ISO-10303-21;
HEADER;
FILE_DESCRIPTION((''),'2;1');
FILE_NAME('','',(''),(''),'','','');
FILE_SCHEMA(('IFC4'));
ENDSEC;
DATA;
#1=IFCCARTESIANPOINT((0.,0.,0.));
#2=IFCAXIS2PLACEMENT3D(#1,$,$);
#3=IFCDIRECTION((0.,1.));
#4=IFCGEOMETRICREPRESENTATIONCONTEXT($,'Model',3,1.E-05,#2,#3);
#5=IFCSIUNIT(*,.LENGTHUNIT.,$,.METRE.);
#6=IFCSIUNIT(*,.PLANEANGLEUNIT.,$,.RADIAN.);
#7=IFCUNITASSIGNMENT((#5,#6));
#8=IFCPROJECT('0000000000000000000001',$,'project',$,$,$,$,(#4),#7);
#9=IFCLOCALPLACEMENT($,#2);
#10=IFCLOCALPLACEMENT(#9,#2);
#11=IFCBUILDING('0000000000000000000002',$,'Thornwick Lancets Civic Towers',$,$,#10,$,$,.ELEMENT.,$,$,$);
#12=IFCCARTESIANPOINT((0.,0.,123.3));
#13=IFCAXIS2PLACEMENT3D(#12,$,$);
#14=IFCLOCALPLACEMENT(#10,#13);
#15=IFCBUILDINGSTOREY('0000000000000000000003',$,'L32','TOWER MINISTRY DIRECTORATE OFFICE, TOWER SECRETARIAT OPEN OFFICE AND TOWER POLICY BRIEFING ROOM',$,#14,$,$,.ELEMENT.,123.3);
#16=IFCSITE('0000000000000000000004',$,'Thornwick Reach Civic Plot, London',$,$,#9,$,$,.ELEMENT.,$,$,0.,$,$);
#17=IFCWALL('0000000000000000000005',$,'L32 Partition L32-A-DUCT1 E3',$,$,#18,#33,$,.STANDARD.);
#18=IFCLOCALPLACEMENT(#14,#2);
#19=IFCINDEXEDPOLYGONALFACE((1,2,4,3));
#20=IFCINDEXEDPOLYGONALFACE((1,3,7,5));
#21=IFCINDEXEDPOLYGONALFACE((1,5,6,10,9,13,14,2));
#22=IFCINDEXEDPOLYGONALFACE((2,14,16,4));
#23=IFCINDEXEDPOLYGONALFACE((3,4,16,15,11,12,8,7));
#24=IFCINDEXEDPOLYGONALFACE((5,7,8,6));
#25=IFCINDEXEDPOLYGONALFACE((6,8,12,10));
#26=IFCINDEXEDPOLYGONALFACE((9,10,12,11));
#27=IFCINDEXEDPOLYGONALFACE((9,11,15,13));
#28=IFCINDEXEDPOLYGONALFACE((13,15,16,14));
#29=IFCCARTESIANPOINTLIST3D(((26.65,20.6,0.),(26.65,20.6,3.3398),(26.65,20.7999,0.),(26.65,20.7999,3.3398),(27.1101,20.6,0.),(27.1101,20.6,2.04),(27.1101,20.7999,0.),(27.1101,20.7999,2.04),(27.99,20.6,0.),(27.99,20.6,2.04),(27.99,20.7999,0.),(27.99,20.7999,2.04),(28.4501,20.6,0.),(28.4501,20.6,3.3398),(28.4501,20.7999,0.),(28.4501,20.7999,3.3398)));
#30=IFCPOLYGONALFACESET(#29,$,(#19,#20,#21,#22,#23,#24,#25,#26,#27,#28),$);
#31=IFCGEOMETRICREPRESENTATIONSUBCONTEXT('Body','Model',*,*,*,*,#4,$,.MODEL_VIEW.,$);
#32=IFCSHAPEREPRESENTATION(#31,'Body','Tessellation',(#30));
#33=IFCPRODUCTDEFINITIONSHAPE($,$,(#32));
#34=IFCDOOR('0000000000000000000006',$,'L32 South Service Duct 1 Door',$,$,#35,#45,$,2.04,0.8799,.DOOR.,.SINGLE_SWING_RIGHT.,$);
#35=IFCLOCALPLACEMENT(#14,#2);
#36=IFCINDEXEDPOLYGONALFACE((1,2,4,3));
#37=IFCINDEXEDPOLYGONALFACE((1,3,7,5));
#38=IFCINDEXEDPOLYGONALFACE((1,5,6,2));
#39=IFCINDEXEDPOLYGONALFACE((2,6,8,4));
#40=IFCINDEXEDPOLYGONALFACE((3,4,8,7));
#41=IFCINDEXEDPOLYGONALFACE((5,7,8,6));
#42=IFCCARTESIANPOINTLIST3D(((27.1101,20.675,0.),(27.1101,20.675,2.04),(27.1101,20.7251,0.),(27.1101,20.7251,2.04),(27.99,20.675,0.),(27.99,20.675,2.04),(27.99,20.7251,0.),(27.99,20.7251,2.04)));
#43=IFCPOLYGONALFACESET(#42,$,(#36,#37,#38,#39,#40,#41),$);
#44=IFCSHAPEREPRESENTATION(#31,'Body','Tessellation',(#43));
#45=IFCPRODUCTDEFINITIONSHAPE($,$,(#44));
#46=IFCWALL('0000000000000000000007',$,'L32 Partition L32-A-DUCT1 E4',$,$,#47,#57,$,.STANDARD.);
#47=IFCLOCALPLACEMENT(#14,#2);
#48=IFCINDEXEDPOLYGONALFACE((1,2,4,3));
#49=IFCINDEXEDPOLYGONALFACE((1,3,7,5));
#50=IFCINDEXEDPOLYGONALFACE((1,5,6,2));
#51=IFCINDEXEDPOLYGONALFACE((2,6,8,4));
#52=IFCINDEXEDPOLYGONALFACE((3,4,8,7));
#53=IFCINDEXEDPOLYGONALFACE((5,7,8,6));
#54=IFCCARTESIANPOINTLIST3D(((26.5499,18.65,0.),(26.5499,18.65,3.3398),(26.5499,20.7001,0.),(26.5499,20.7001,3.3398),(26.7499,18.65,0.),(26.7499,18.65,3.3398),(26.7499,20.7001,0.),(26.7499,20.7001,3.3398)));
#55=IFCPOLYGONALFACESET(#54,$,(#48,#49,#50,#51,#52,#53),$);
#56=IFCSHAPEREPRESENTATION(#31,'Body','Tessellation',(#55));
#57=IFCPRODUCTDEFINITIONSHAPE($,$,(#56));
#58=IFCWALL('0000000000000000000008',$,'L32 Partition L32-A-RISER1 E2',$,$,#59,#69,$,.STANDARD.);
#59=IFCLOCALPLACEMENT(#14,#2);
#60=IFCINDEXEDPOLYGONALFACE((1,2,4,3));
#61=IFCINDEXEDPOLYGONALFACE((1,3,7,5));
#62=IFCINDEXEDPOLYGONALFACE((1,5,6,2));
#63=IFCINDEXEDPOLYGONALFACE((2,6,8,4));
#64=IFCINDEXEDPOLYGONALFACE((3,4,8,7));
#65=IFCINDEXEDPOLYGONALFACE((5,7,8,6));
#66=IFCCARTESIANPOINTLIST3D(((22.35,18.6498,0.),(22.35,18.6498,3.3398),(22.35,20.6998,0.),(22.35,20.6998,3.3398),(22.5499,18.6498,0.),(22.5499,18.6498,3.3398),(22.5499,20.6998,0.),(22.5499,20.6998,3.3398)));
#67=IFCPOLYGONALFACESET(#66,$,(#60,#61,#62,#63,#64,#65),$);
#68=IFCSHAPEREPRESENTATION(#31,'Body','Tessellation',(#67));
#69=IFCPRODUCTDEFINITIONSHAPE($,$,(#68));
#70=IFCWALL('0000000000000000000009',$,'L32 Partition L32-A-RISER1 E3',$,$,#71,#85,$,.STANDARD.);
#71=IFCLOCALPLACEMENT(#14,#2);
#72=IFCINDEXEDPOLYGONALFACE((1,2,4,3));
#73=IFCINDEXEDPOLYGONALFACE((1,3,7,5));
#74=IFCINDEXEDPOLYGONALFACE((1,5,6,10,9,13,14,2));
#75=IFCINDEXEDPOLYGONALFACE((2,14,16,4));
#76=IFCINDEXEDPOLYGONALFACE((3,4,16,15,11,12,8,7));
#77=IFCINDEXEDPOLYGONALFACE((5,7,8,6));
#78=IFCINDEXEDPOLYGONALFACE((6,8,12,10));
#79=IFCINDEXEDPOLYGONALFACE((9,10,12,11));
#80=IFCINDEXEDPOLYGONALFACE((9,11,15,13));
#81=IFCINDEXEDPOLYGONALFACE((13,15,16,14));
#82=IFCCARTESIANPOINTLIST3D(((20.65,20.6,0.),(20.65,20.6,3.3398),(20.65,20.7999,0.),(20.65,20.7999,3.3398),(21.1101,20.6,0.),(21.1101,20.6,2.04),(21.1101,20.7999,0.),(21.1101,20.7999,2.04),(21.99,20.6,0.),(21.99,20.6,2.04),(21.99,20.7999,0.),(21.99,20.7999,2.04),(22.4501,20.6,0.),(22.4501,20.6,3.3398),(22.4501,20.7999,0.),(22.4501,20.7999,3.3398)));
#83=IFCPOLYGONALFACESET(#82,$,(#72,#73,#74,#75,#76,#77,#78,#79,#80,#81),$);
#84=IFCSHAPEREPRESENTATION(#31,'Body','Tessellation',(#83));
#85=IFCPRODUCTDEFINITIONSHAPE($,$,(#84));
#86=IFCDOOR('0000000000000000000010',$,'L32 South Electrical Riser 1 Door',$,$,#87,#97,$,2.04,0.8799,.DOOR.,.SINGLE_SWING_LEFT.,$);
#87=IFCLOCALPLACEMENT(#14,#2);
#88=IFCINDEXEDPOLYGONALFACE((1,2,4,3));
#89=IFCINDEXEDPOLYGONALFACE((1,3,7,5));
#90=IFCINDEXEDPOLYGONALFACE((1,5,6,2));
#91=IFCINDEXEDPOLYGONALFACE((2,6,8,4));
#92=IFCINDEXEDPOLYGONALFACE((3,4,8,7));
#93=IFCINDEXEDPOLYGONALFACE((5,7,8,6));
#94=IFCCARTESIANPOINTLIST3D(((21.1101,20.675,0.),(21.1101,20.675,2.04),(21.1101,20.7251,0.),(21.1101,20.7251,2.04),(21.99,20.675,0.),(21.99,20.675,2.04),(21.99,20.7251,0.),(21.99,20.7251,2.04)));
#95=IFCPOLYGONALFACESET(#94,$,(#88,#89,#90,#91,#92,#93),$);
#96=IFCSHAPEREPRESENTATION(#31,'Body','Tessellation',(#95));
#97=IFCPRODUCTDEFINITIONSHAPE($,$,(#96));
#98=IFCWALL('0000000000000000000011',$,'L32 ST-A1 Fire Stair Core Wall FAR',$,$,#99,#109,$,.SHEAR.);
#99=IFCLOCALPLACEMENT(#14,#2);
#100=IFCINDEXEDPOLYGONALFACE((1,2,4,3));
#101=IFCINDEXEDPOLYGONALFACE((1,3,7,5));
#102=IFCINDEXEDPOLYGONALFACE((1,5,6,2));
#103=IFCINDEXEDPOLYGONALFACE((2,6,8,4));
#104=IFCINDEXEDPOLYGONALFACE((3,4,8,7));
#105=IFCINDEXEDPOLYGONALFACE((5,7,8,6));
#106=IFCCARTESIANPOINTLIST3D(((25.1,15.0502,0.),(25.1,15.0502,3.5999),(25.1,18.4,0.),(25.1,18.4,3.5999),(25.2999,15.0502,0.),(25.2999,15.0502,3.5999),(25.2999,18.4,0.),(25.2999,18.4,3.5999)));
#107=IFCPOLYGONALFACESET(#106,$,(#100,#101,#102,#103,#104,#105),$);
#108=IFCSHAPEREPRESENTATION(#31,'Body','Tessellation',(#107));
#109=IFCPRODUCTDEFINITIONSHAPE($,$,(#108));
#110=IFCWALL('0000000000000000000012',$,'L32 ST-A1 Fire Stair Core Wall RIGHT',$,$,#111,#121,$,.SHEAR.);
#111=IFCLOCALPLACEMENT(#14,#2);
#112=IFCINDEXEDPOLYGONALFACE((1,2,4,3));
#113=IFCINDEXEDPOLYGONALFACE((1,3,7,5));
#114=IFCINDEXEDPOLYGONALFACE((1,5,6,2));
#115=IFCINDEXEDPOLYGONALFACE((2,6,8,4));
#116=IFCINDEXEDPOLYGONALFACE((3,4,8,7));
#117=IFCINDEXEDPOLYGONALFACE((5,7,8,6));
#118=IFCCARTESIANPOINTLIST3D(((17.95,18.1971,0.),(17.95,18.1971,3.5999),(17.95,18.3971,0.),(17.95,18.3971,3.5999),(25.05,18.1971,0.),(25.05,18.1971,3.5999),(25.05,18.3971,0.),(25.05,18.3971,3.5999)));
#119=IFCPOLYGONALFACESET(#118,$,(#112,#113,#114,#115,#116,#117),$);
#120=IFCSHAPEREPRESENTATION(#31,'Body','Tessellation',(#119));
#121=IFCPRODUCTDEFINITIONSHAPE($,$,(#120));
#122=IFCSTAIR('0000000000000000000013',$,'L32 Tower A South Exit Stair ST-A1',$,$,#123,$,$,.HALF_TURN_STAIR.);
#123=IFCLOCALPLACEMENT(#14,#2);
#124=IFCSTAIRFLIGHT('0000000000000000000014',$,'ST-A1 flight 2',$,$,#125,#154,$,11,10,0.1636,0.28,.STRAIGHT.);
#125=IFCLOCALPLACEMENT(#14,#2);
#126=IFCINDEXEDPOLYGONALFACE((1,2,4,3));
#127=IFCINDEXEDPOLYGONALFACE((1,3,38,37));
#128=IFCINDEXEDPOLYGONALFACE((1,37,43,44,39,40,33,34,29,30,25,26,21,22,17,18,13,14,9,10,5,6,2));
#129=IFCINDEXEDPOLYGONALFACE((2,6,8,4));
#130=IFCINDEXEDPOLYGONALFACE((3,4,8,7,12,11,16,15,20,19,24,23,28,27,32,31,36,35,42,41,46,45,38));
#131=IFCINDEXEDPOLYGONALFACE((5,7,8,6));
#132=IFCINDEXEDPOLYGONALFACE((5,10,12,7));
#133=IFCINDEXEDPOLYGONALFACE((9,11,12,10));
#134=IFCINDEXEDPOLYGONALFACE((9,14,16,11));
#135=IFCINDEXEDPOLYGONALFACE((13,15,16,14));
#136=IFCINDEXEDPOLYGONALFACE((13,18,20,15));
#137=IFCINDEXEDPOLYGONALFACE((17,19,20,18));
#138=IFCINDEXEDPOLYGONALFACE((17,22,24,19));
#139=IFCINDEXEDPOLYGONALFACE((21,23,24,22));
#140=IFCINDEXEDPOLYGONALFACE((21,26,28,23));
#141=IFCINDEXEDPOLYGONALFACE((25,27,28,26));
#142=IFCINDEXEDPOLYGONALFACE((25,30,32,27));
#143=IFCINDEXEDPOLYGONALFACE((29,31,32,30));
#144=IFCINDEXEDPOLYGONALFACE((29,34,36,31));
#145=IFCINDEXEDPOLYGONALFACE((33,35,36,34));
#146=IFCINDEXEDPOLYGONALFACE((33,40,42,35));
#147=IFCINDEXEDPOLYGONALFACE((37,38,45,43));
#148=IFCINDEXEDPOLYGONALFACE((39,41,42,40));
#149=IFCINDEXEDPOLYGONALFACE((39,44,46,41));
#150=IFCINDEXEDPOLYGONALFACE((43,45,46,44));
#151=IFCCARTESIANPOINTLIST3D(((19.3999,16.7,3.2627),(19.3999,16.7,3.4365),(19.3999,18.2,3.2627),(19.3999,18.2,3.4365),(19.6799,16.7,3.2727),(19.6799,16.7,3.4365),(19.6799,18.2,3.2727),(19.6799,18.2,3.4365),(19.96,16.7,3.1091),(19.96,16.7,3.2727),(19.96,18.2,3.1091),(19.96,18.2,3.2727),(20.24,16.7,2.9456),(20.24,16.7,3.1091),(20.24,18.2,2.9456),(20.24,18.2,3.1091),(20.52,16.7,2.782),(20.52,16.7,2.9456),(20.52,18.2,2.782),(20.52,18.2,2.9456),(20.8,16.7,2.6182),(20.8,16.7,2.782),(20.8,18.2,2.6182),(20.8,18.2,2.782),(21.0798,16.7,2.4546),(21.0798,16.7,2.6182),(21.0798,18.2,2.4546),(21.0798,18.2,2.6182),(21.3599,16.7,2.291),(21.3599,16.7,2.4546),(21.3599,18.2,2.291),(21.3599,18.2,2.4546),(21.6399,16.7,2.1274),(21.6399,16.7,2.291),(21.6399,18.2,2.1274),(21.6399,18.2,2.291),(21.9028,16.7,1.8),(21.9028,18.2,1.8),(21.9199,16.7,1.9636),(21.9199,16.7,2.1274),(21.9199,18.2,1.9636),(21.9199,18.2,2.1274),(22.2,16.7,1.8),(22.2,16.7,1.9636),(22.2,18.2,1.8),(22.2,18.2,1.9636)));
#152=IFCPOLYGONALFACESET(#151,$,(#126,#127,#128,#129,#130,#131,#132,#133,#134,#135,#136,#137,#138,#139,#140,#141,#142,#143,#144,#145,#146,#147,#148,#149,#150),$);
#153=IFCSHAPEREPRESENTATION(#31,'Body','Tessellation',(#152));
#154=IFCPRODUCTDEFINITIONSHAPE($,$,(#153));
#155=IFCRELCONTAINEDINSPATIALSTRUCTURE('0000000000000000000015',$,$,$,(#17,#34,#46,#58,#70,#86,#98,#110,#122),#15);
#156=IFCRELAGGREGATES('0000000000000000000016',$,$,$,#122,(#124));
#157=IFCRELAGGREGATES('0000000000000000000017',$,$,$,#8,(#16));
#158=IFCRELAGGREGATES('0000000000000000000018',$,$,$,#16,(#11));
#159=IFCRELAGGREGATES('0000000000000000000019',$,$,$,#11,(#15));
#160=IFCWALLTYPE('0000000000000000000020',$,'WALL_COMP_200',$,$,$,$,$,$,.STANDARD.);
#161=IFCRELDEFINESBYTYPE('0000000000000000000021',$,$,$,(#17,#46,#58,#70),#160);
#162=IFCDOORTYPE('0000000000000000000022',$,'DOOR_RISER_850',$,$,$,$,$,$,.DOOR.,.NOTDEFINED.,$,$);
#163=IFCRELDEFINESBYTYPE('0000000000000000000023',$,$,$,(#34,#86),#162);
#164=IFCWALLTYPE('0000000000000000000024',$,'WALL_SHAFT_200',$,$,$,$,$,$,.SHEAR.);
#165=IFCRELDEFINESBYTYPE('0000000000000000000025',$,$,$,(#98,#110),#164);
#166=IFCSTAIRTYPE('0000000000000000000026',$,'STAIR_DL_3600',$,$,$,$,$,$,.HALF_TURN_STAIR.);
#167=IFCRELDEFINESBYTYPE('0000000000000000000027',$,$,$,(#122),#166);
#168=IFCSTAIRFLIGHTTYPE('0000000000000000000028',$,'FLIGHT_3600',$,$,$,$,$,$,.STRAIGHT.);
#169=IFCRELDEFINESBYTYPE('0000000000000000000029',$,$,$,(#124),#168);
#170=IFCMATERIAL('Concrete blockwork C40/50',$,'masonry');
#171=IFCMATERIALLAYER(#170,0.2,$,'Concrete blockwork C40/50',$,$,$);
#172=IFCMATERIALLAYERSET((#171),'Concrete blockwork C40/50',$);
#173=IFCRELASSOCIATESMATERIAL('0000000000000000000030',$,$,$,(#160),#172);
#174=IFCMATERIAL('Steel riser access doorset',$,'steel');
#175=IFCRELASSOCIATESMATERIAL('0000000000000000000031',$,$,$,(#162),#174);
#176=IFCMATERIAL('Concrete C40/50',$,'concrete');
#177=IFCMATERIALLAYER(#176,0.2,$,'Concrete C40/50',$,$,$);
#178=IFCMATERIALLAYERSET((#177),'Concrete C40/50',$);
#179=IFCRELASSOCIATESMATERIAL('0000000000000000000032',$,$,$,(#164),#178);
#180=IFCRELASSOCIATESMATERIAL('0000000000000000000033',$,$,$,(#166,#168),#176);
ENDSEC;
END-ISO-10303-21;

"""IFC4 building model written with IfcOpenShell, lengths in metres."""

from ifc_helpers import new_model, si_unit, direction, frame, frame_2d, origin, place, context, subcontext, project, spatial, polyline, rectangle, outline, extrude, material, layer, layer_set, type_object, element, fill, aggregate, save


model = new_model("IFC4")

# Units and contexts
model_context = context("Model", 3, precision=1e-05, world=origin(), true_north=direction((0.0, 1.0)))
body_context = subcontext(model_context, "Body", "Model", "MODEL_VIEW")
ifc_project = project(units=[si_unit("LENGTHUNIT", "METRE"), si_unit("PLANEANGLEUNIT", "RADIAN")], contexts=[model_context])

# Site, building, storey
site_placement = place(None, origin())
site = spatial("IfcSite", under=ifc_project, at=site_placement, Name="Thornwick Reach Civic Plot, London", CompositionType="ELEMENT", RefElevation=0.0)
building_placement = place(site_placement, origin())
building = spatial("IfcBuilding", under=site, at=building_placement, Name="Thornwick Lancets Civic Towers", CompositionType="ELEMENT")
storey_placement = place(building_placement, frame((0.0, 0.0, 123.3)))
storey = spatial("IfcBuildingStorey", under=building, at=storey_placement, Name="L32", Description="TOWER MINISTRY DIRECTORATE OFFICE, TOWER SECRETARIAT OPEN OFFICE AND TOWER POLICY BRIEFING ROOM", CompositionType="ELEMENT", Elevation=123.3)

# Shared definitions
ifc_material_1 = material(Name="Concrete C40/50", Category="concrete")

# Shared definitions
ifc_material_2 = material(Name="Concrete blockwork C40/50", Category="masonry")
ifc_layer_1 = layer(ifc_material_2, 0.2, Name="Concrete blockwork C40/50")
ifc_layer_set_1 = layer_set([ifc_layer_1], Name="Concrete blockwork C40/50")
wall_type_1 = type_object("IfcWallType", Name="WALL_COMP_200", PredefinedType="STANDARD", material=ifc_layer_set_1)

# Wall, opening, door
wall_1_placement = place(storey_placement, frame((28.45, 20.7, 0.0), z_axis=(0.0, 0.0, 1.0), x_axis=(-1.0, 0.0, 0.0)))
wall_1 = element("IfcWall", 1, at=wall_1_placement, inside=storey, type_object=wall_type_1, Name="L32 Partition L32-A-DUCT1 E3", PredefinedType="STANDARD", context=body_context, shape_type="SweptSolid", body=[
    extrude(rectangle(XDim=1.8, YDim=0.2, at=frame_2d((0.8999, 0.0))), origin(), (0.0, 0.0, 1.0), 3.3398),
])
opening_1_placement = place(wall_1_placement, frame((0.46, 0.0, 0.0)))
opening_1 = element("IfcOpeningElement", 2, at=opening_1_placement, cuts=wall_1, PredefinedType="OPENING", context=body_context, shape_type="SweptSolid", body=[
    extrude(rectangle(XDim=0.8799, YDim=2.04, at=frame_2d((0.4399, 1.02))), frame((0.0, 0.1099, 0.0), z_axis=(0.0, -1.0, 0.0), x_axis=(1.0, 0.0, 0.0)), (0.0, 0.0, 1.0), 0.22),
])
ifc_material_3 = material(Name="Steel riser access doorset", Category="steel")
door_type_1 = type_object("IfcDoorType", Name="DOOR_RISER_850", OperationType="NOTDEFINED", PredefinedType="DOOR", material=ifc_material_3)
door_1_placement = place(opening_1_placement, origin())
door_1 = element("IfcDoor", 3, at=door_1_placement, inside=storey, type_object=door_type_1, Name="L32 South Service Duct 1 Door", OperationType="SINGLE_SWING_RIGHT", OverallHeight=2.04, OverallWidth=0.8799, PredefinedType="DOOR", context=body_context, shape_type="SweptSolid", body=[
    extrude(rectangle(XDim=0.8799, YDim=2.04, at=frame_2d((0.4399, 1.02))), frame((0.0, 0.0249, 0.0), z_axis=(0.0, -1.0, 0.0), x_axis=(1.0, 0.0, 0.0)), (0.0, 0.0, 1.0), 0.05),
])
fill(opening_1, door_1)

# Walls
for number, where, z_axis, x_axis, name in (
    (4, (26.6499, 20.7, 0.0), (0.0, 0.0, 1.0), (0.0, -1.0, 0.0), "L32 Partition L32-A-DUCT1 E4"),
    (5, (22.45, 18.6499, 0.0), (0.0, 0.0, 1.0), (0.0, 1.0, 0.0), "L32 Partition L32-A-RISER1 E2"),
):
    element("IfcWall", number, at=place(storey_placement, frame(where, z_axis=z_axis, x_axis=x_axis)), inside=storey, type_object=wall_type_1, Name=name, PredefinedType="STANDARD", context=body_context, shape_type="SweptSolid", body=[
        extrude(rectangle(XDim=2.05, YDim=0.2, at=frame_2d((1.0249, 0.0))), origin(), (0.0, 0.0, 1.0), 3.3398),
    ])

# Wall, opening, door
wall_2_placement = place(storey_placement, frame((22.45, 20.7, 0.0), z_axis=(0.0, 0.0, 1.0), x_axis=(-1.0, 0.0, 0.0)))
wall_2 = element("IfcWall", 6, at=wall_2_placement, inside=storey, type_object=wall_type_1, Name="L32 Partition L32-A-RISER1 E3", PredefinedType="STANDARD", context=body_context, shape_type="SweptSolid", body=[
    extrude(rectangle(XDim=1.8, YDim=0.2, at=frame_2d((0.8999, 0.0))), origin(), (0.0, 0.0, 1.0), 3.3398),
])
opening_2_placement = place(wall_2_placement, frame((0.46, 0.0, 0.0)))
opening_2 = element("IfcOpeningElement", 7, at=opening_2_placement, cuts=wall_2, PredefinedType="OPENING", context=body_context, shape_type="SweptSolid", body=[
    extrude(rectangle(XDim=0.8799, YDim=2.04, at=frame_2d((0.4399, 1.02))), frame((0.0, 0.1099, 0.0), z_axis=(0.0, -1.0, 0.0), x_axis=(1.0, 0.0, 0.0)), (0.0, 0.0, 1.0), 0.22),
])
door_2_placement = place(opening_2_placement, origin())
door_2 = element("IfcDoor", 8, at=door_2_placement, inside=storey, type_object=door_type_1, Name="L32 South Electrical Riser 1 Door", OperationType="SINGLE_SWING_LEFT", OverallHeight=2.04, OverallWidth=0.8799, PredefinedType="DOOR", context=body_context, shape_type="SweptSolid", body=[
    extrude(rectangle(XDim=0.8799, YDim=2.04, at=frame_2d((0.4399, 1.02))), frame((0.0, 0.0249, 0.0), z_axis=(0.0, -1.0, 0.0), x_axis=(1.0, 0.0, 0.0)), (0.0, 0.0, 1.0), 0.05),
])
fill(opening_2, door_2)

# Walls
ifc_layer_2 = layer(ifc_material_1, 0.2, Name="Concrete C40/50")
ifc_layer_set_2 = layer_set([ifc_layer_2], Name="Concrete C40/50")
wall_type_2 = type_object("IfcWallType", Name="WALL_SHAFT_200", PredefinedType="SHEAR", material=ifc_layer_set_2)
wall_3_placement = place(storey_placement, frame((25.2, 18.3999, 0.0), z_axis=(0.0, 0.0, 1.0), x_axis=(0.0, -1.0, 0.0)))
element("IfcWall", 9, at=wall_3_placement, inside=storey, type_object=wall_type_2, Name="L32 ST-A1 Fire Stair Core Wall FAR", PredefinedType="SHEAR", context=body_context, shape_type="SweptSolid", body=[
    extrude(rectangle(XDim=3.3499, YDim=0.2, at=frame_2d((1.6748, 0.0))), origin(), (0.0, 0.0, 1.0), 3.5999),
])
wall_4_placement = place(storey_placement, frame((25.05, 18.2971, 0.0), z_axis=(0.0, 0.0, 1.0), x_axis=(-1.0, 0.0, 0.0)))
element("IfcWall", 10, at=wall_4_placement, inside=storey, type_object=wall_type_2, Name="L32 ST-A1 Fire Stair Core Wall RIGHT", PredefinedType="SHEAR", context=body_context, shape_type="SweptSolid", body=[
    extrude(rectangle(XDim=7.1001, YDim=0.2, at=frame_2d((3.55, 0.0))), origin(), (0.0, 0.0, 1.0), 3.5999),
])

# Stair, stair flight
stair_type = type_object("IfcStairType", Name="STAIR_DL_3600", PredefinedType="HALF_TURN_STAIR", material=ifc_material_1)
stair_placement = place(storey_placement, origin())
stair = element("IfcStair", 11, at=stair_placement, inside=storey, type_object=stair_type, Name="L32 Tower A South Exit Stair ST-A1", PredefinedType="HALF_TURN_STAIR")
stair_flight_type = type_object("IfcStairFlightType", Name="FLIGHT_3600", PredefinedType="STRAIGHT", material=ifc_material_1)
stair_flight_placement = place(storey_placement, frame((22.2, 17.45, 1.8), z_axis=(0.0, 0.0, 1.0), x_axis=(-1.0, 0.0, 0.0)))
stair_flight = element("IfcStairFlight", 12, at=stair_flight_placement, type_object=stair_flight_type, Name="ST-A1 flight 2", NumberOfRisers=11, NumberOfTreads=10, PredefinedType="STRAIGHT", RiserHeight=0.1636, TreadLength=0.28, context=body_context, shape_type="SweptSolid", body=[
    extrude(outline(polyline([(0.0, 0.0), (0.0, 0.1636), (0.28, 0.1636), (0.28, 0.3274), (0.5601, 0.3274), (0.5601, 0.491), (0.8401, 0.491), (0.8401, 0.6545), (1.1201, 0.6545), (1.1201, 0.8181), (1.3999, 0.8181), (1.3999, 0.9819), (1.6799, 0.9819), (1.6799, 1.1455), (1.96, 1.1455), (1.96, 1.3091), (2.24, 1.3091), (2.24, 1.4727), (2.52, 1.4727), (2.52, 1.6365), (2.8, 1.6365), (2.8, 1.8), (2.8, 1.4626), (0.2971, 0.0), (0.0, 0.0)])), frame((0.0, 0.75, 0.0), z_axis=(0.0, -1.0, 0.0), x_axis=(1.0, 0.0, 0.0)), (0.0, 0.0, 1.0), 1.5),
])
aggregate(stair, [stair_flight])

save(model, "model.ifc")
